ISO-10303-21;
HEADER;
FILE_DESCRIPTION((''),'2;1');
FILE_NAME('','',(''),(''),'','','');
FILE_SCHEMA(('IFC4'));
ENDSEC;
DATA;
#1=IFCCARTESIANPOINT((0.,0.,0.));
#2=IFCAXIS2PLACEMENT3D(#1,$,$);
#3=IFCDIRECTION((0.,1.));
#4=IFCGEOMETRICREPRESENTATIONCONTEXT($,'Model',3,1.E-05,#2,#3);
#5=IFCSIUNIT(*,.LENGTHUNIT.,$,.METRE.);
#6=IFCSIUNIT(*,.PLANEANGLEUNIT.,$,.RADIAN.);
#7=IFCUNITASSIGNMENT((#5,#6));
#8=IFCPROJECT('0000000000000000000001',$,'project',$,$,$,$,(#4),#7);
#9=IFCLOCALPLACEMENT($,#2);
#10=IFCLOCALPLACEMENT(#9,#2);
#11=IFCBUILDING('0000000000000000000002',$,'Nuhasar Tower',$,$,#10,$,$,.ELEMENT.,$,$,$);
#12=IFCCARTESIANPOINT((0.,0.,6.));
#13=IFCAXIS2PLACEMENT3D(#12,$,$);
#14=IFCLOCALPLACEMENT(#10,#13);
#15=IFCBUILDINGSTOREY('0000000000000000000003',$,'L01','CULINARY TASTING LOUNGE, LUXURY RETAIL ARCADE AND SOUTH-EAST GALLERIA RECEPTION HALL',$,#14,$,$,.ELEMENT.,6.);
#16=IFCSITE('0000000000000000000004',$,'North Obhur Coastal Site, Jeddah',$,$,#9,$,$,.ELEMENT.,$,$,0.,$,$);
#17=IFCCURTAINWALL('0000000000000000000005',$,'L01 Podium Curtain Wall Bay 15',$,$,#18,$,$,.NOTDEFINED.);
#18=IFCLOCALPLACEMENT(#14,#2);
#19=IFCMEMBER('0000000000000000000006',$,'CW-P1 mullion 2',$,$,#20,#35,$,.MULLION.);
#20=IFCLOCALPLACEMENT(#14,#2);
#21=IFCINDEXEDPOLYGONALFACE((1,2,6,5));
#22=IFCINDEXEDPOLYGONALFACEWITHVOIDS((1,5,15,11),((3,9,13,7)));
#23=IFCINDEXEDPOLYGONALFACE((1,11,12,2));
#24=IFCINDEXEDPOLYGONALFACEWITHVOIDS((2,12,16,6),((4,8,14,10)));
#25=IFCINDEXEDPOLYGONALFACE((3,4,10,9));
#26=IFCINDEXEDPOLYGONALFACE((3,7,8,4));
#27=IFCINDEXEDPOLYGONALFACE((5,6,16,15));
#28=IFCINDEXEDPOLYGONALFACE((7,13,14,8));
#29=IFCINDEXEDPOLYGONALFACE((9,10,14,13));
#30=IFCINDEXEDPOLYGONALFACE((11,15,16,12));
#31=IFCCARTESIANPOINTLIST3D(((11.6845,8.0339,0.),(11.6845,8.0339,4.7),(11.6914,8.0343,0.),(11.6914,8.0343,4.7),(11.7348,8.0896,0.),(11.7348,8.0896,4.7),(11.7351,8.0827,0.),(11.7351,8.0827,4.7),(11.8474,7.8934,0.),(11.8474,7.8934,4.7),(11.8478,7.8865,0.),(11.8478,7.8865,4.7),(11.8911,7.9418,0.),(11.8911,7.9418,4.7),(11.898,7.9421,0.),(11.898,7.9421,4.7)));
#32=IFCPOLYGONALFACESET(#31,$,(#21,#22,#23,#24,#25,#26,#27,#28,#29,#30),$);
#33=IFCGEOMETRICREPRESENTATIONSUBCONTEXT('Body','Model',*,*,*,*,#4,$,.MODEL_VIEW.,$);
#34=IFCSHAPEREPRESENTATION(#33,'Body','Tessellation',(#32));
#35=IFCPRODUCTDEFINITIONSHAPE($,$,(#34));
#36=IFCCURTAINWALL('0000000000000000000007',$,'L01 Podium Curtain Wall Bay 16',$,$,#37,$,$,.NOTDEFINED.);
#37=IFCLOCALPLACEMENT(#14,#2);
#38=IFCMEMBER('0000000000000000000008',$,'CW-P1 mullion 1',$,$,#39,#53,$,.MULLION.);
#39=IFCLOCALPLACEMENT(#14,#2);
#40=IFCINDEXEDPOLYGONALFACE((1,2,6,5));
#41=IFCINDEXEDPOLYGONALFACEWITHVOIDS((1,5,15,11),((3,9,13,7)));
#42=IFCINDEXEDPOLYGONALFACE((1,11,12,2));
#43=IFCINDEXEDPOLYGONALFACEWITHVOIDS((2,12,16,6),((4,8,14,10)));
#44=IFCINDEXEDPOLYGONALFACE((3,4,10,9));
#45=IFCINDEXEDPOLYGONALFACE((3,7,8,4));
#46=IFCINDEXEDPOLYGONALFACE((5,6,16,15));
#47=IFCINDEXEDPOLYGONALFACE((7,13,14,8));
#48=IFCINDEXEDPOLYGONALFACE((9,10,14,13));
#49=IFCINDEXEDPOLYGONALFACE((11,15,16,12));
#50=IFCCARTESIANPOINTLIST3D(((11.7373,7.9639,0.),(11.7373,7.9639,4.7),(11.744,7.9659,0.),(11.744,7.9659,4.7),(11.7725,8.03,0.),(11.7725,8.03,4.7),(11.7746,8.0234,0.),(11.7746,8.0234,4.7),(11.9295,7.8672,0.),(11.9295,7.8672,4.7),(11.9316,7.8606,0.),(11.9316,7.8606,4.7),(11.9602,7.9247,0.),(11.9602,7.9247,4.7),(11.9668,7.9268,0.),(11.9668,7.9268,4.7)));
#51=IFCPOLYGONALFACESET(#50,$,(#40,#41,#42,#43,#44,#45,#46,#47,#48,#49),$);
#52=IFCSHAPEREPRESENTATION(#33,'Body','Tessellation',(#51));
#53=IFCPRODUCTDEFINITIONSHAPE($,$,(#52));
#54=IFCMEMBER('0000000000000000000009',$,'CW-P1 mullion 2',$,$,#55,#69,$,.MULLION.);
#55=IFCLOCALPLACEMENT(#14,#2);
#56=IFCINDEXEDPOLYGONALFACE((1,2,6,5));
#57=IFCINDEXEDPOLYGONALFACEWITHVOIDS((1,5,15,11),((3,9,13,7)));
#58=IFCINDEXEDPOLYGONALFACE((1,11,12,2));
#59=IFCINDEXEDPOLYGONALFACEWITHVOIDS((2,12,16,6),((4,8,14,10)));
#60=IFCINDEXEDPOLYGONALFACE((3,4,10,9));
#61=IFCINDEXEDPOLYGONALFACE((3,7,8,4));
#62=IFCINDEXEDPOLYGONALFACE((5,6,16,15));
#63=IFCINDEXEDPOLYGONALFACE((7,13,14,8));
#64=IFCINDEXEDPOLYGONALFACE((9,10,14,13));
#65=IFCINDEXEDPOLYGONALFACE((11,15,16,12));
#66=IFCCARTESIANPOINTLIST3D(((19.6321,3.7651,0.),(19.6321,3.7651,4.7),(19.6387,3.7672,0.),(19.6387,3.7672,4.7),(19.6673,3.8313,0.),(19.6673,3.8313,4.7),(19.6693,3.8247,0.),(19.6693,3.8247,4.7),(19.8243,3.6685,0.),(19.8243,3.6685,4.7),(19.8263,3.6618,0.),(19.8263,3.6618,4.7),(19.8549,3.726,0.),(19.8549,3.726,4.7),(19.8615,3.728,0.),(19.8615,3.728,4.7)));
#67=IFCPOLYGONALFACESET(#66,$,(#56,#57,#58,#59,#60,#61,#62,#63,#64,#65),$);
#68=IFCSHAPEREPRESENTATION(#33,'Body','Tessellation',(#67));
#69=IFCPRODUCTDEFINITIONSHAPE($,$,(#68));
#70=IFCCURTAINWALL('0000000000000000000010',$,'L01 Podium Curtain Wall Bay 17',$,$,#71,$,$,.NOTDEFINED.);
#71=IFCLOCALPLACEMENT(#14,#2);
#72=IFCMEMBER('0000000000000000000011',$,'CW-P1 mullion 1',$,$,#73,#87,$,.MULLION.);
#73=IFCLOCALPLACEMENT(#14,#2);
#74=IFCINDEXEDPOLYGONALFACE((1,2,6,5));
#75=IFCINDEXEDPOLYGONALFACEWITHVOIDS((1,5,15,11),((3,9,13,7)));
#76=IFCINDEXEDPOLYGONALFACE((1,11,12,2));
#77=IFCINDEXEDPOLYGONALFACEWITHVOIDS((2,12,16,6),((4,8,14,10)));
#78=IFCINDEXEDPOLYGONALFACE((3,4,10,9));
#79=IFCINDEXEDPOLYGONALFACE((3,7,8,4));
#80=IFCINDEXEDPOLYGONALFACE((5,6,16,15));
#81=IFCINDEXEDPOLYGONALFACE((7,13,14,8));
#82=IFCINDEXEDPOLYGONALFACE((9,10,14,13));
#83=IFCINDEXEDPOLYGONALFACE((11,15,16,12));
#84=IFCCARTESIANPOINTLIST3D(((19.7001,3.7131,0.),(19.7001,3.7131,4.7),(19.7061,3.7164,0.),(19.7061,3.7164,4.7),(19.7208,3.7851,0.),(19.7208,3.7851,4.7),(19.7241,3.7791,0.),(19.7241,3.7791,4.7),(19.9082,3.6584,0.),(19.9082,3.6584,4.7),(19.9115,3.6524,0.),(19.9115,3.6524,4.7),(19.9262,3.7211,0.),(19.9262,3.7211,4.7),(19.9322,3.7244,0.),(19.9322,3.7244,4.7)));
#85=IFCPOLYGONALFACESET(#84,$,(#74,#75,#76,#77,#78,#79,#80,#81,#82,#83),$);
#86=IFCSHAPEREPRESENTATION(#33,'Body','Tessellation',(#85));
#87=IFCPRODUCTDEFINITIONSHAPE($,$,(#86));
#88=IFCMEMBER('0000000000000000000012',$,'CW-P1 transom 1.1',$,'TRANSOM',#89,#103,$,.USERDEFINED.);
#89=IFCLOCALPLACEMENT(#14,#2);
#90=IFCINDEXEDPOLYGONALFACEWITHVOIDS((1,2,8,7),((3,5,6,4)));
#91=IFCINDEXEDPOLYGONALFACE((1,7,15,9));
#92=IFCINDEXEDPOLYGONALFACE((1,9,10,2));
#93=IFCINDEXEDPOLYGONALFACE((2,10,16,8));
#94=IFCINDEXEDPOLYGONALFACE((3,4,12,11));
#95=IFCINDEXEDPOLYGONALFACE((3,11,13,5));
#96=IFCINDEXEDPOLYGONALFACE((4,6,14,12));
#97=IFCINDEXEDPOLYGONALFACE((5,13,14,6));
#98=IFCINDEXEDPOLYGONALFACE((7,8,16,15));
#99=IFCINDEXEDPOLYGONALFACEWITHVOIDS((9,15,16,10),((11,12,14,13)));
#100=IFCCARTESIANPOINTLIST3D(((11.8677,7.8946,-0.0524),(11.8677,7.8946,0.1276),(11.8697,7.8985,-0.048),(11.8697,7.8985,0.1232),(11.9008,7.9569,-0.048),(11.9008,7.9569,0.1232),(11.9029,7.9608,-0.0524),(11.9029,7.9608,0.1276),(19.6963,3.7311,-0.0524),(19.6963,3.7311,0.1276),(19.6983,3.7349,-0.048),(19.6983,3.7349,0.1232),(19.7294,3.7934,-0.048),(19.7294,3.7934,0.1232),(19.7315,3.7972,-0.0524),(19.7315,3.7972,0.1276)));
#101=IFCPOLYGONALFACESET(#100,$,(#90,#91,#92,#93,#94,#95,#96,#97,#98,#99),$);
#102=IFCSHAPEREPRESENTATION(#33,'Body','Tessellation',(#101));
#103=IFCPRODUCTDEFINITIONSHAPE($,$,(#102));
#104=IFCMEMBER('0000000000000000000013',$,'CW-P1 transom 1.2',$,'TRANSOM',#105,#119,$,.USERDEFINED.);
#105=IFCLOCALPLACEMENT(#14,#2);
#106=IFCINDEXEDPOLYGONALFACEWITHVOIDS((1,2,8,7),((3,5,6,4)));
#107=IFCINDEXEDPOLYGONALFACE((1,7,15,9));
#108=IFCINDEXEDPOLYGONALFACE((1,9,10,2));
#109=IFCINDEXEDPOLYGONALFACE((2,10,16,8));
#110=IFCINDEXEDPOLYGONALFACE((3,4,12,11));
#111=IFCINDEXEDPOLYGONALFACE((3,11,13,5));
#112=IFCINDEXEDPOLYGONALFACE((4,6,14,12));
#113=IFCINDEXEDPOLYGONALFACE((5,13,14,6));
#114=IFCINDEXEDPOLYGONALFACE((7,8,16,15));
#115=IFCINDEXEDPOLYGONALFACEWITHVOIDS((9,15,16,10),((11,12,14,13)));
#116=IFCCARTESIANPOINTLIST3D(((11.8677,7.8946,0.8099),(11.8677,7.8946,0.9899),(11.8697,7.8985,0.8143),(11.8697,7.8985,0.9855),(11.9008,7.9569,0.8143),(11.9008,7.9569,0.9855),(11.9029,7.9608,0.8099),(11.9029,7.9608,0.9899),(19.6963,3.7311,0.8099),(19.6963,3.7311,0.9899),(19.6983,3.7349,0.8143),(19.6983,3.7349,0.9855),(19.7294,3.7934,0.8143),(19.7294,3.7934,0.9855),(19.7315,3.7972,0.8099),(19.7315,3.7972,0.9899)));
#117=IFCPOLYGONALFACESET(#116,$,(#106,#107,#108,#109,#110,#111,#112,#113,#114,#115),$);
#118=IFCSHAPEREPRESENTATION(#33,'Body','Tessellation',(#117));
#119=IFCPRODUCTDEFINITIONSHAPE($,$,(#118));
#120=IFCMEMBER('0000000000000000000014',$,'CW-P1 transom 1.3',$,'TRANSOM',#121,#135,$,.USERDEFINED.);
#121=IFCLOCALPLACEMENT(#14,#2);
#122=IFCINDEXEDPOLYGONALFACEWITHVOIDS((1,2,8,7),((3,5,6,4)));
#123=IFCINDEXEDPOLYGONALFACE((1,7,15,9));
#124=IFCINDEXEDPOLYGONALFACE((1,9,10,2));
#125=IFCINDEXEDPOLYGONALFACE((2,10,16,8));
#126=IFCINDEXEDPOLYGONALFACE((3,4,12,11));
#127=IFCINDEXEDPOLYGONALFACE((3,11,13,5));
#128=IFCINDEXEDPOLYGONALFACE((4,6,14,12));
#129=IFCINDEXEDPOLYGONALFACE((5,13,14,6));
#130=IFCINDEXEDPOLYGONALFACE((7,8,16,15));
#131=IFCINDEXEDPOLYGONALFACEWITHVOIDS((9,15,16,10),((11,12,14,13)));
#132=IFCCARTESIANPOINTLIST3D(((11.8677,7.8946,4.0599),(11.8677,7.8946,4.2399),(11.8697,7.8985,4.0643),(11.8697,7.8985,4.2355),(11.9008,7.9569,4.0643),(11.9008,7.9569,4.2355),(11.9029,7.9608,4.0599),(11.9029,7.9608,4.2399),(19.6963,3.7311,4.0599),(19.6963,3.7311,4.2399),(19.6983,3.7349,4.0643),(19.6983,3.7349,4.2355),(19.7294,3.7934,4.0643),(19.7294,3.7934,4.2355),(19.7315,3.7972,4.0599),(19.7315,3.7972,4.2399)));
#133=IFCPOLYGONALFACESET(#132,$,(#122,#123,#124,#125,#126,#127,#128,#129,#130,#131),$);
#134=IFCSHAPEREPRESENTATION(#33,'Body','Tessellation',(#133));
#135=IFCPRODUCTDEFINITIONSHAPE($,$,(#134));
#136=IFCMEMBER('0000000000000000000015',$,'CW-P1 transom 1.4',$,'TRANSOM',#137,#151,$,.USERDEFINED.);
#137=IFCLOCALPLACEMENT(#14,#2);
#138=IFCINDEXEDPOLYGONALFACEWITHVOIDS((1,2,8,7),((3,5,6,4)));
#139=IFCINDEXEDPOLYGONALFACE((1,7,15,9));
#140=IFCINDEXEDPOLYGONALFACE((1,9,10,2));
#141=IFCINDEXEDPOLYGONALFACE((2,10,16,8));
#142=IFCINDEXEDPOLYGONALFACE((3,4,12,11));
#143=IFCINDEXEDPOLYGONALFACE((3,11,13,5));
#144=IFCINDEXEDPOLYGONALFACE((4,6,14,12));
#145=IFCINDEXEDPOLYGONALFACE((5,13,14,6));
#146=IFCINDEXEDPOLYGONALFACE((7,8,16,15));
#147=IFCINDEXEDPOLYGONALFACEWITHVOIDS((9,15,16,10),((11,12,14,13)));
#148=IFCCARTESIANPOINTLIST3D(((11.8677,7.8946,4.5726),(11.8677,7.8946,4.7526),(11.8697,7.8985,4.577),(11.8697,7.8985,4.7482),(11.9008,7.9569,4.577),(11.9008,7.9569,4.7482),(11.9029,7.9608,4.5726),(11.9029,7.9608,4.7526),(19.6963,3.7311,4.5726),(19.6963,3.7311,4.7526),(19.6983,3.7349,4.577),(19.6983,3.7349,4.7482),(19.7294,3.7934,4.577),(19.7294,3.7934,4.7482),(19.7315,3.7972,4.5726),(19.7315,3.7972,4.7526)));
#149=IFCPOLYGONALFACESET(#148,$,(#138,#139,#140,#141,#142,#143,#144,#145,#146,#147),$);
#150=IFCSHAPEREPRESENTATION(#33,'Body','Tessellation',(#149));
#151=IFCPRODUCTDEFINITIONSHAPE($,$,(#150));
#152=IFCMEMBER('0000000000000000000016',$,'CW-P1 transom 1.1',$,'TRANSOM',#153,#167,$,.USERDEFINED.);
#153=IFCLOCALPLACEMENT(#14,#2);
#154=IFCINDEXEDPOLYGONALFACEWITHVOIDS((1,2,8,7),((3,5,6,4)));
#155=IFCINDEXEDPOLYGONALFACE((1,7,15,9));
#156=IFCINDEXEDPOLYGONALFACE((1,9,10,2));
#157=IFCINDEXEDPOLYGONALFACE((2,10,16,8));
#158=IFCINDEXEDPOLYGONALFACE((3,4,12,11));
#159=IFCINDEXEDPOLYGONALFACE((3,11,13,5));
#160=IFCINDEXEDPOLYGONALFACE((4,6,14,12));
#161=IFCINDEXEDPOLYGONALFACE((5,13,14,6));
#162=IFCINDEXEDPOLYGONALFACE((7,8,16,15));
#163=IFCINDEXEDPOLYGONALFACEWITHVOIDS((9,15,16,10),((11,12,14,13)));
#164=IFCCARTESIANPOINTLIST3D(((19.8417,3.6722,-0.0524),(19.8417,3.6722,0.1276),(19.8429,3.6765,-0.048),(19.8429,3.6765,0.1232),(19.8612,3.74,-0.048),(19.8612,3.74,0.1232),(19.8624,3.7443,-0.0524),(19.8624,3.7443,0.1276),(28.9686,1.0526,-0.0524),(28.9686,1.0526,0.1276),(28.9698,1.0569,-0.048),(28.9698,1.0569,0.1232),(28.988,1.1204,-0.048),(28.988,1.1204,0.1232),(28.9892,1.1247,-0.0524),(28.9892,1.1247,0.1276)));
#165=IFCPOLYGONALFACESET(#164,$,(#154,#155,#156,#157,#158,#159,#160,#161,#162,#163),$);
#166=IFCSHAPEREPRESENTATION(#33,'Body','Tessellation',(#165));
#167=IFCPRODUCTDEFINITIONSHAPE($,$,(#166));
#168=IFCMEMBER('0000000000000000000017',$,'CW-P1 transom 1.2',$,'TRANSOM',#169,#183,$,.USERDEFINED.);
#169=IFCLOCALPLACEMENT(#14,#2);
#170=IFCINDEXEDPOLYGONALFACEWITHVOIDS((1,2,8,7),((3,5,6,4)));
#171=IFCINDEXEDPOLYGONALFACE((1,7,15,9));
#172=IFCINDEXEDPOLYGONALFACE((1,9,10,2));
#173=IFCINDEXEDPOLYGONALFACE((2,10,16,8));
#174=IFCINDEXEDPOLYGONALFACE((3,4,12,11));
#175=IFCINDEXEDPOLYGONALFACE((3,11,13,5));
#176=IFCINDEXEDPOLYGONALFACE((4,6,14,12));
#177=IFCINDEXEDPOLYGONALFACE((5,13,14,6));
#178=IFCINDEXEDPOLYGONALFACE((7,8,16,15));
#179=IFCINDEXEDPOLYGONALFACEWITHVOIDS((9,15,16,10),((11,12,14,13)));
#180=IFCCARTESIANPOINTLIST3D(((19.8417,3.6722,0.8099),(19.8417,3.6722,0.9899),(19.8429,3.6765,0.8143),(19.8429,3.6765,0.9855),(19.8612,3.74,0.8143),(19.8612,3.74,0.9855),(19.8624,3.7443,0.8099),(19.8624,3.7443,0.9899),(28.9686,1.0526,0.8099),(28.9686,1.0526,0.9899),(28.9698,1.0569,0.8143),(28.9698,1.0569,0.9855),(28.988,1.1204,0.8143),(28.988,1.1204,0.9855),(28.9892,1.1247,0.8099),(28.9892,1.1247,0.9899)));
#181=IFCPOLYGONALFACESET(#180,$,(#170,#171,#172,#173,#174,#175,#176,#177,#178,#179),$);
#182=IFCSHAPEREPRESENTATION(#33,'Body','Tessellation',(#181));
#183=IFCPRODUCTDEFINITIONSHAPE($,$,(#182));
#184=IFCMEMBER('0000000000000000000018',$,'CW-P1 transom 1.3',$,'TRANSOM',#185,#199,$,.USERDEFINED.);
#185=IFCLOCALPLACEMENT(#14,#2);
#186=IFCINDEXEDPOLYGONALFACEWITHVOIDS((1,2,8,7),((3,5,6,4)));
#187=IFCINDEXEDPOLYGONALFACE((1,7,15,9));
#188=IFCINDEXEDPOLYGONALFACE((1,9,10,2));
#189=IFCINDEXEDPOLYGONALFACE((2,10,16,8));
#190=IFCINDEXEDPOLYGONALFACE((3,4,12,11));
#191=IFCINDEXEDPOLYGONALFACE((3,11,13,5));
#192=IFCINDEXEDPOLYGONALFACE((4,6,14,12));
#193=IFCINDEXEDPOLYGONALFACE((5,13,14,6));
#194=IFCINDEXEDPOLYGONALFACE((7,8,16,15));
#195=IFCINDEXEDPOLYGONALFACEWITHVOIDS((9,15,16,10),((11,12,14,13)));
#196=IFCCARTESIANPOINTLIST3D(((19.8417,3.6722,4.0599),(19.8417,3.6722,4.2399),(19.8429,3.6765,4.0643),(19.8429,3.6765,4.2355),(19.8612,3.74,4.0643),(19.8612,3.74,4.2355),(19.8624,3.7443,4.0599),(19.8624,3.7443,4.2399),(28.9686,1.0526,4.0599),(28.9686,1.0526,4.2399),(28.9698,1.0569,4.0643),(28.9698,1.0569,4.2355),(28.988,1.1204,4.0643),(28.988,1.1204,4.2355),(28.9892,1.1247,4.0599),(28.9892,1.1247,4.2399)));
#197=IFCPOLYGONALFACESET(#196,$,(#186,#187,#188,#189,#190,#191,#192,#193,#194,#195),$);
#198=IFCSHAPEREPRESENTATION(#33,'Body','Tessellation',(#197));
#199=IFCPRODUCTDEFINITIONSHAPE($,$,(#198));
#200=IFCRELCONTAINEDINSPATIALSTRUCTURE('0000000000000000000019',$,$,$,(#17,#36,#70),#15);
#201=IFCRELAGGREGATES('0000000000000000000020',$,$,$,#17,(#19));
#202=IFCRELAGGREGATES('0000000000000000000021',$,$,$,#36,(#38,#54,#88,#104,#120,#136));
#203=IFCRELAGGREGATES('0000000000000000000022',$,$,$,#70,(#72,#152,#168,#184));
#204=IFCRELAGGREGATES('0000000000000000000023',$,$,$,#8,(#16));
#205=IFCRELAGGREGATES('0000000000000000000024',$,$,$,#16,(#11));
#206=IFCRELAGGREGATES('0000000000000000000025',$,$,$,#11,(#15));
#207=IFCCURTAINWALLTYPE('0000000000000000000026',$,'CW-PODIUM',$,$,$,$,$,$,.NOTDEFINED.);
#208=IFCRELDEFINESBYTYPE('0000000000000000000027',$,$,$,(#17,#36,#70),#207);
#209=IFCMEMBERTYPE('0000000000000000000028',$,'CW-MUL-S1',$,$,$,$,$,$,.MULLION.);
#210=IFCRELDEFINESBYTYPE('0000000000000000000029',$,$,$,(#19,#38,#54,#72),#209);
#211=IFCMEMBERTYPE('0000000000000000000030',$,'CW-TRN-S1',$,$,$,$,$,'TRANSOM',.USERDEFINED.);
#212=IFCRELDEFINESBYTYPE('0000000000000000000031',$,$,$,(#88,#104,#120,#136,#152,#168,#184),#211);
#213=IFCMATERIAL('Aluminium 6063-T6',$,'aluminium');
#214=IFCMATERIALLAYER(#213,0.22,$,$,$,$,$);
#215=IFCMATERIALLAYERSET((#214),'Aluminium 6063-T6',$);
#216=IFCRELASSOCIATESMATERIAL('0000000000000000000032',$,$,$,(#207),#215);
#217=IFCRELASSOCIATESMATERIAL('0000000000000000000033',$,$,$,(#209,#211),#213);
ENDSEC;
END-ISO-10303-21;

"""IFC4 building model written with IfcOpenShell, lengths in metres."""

from ifc_helpers import new_model, si_unit, direction, frame, origin, origin_2d, place, context, subcontext, project, spatial, hollow_rectangle, extrude, material, layer, layer_set, material_profile, profile_set, type_object, element, aggregate, save


model = new_model("IFC4")

# Units and contexts
model_context = context("Model", 3, precision=1e-05, world=origin(), true_north=direction((0.0, 1.0)))
body_context = subcontext(model_context, "Body", "Model", "MODEL_VIEW")
ifc_project = project(units=[si_unit("LENGTHUNIT", "METRE"), si_unit("PLANEANGLEUNIT", "RADIAN")], contexts=[model_context])

# Site, building, storey
site_placement = place(None, origin())
site = spatial("IfcSite", under=ifc_project, at=site_placement, Name="North Obhur Coastal Site, Jeddah", CompositionType="ELEMENT", RefElevation=0.0)
building_placement = place(site_placement, origin())
building = spatial("IfcBuilding", under=site, at=building_placement, Name="Nuhasar Tower", CompositionType="ELEMENT")
storey_placement = place(building_placement, frame((0.0, 0.0, 6.0)))
storey = spatial("IfcBuildingStorey", under=building, at=storey_placement, Name="L01", Description="CULINARY TASTING LOUNGE, LUXURY RETAIL ARCADE AND SOUTH-EAST GALLERIA RECEPTION HALL", CompositionType="ELEMENT", Elevation=6.0)

# Curtain wall, member
ifc_material_1 = material(Name="Aluminium 6063-T6", Category="aluminium")
ifc_layer_1 = layer(ifc_material_1, 0.22)
ifc_layer_set_1 = layer_set([ifc_layer_1], Name="Aluminium 6063-T6")
curtain_wall_type = type_object("IfcCurtainWallType", Name="CW-PODIUM", PredefinedType="NOTDEFINED", material=ifc_layer_set_1)
curtain_wall_1_placement = place(storey_placement, origin())
curtain_wall_1 = element("IfcCurtainWall", 1, at=curtain_wall_1_placement, inside=storey, type_object=curtain_wall_type, Name="L01 Podium Curtain Wall Bay 15", PredefinedType="NOTDEFINED")
ifc_material_profile_1 = material_profile(ifc_material_1, hollow_rectangle(XDim=0.075, YDim=0.22, WallThickness=0.0049, at=origin_2d()), Name="CWM-1")
ifc_profile_set_1 = profile_set([ifc_material_profile_1], Name="Aluminium 6063-T6")
member_type_1 = type_object("IfcMemberType", Name="CW-MUL-S1", PredefinedType="MULLION", material=ifc_profile_set_1)
member_1_placement = place(storey_placement, frame((11.7913, 7.988, 0.0), z_axis=(0.0, 0.0, 1.0), x_axis=(0.670232, 0.742151, 0.0)))
member_1 = element("IfcMember", 2, at=member_1_placement, type_object=member_type_1, Name="CW-P1 mullion 2", PredefinedType="MULLION", context=body_context, shape_type="SweptSolid", body=[
    extrude(hollow_rectangle(XDim=0.075, YDim=0.22, WallThickness=0.0049, at=origin_2d()), origin(), (0.0, 0.0, 1.0), 4.7),
])
aggregate(curtain_wall_1, [member_1])

# Curtain wall, members
curtain_wall_2_placement = place(storey_placement, origin())
curtain_wall_2 = element("IfcCurtainWall", 3, at=curtain_wall_2_placement, inside=storey, type_object=curtain_wall_type, Name="L01 Podium Curtain Wall Bay 16", PredefinedType="NOTDEFINED")
member_2_placement = place(storey_placement, frame((11.8521, 7.9453, 0.0), z_axis=(0.0, 0.0, 1.0), x_axis=(0.469563, 0.882899, 0.0)))
member_2 = element("IfcMember", 4, at=member_2_placement, type_object=member_type_1, Name="CW-P1 mullion 1", PredefinedType="MULLION", context=body_context, shape_type="SweptSolid", body=[
    extrude(hollow_rectangle(XDim=0.075, YDim=0.22, WallThickness=0.0049, at=origin_2d()), origin(), (0.0, 0.0, 1.0), 4.7),
])
member_3_placement = place(storey_placement, frame((19.7468, 3.7466, 0.0), z_axis=(0.0, 0.0, 1.0), x_axis=(0.469563, 0.882899, 0.0)))
member_3 = element("IfcMember", 5, at=member_3_placement, type_object=member_type_1, Name="CW-P1 mullion 2", PredefinedType="MULLION", context=body_context, shape_type="SweptSolid", body=[
    extrude(hollow_rectangle(XDim=0.075, YDim=0.22, WallThickness=0.0049, at=origin_2d()), origin(), (0.0, 0.0, 1.0), 4.7),
])

# Curtain wall, member
curtain_wall_3_placement = place(storey_placement, origin())
curtain_wall_3 = element("IfcCurtainWall", 6, at=curtain_wall_3_placement, inside=storey, type_object=curtain_wall_type, Name="L01 Podium Curtain Wall Bay 17", PredefinedType="NOTDEFINED")
member_4_placement = place(storey_placement, frame((19.8162, 3.7188, 0.0), z_axis=(0.0, 0.0, 1.0), x_axis=(0.275885, 0.961191, 0.0)))
member_4 = element("IfcMember", 7, at=member_4_placement, type_object=member_type_1, Name="CW-P1 mullion 1", PredefinedType="MULLION", context=body_context, shape_type="SweptSolid", body=[
    extrude(hollow_rectangle(XDim=0.075, YDim=0.22, WallThickness=0.0049, at=origin_2d()), origin(), (0.0, 0.0, 1.0), 4.7),
])

# Members
ifc_material_profile_2 = material_profile(ifc_material_1, hollow_rectangle(XDim=0.075, YDim=0.1799, WallThickness=0.0044, at=origin_2d()), Name="CWT-1")
ifc_profile_set_2 = profile_set([ifc_material_profile_2], Name="Aluminium 6063-T6")
member_type_2 = type_object("IfcMemberType", Name="CW-TRN-S1", ElementType="TRANSOM", PredefinedType="USERDEFINED", material=ifc_profile_set_2)
member_5_placement = place(storey_placement, frame((11.8853, 7.9277, 0.0376), z_axis=(0.8829, -0.469562, 0.0), x_axis=(0.469562, 0.8829, 0.0)))
member_5 = element("IfcMember", 8, at=member_5_placement, type_object=member_type_2, Name="CW-P1 transom 1.1", ObjectType="TRANSOM", PredefinedType="USERDEFINED", context=body_context, shape_type="SweptSolid", body=[
    extrude(hollow_rectangle(XDim=0.075, YDim=0.1799, WallThickness=0.0044, at=origin_2d()), origin(), (0.0, 0.0, 1.0), 8.8669),
])
member_6_placement = place(storey_placement, frame((11.8853, 7.9277, 0.8999), z_axis=(0.8829, -0.469562, 0.0), x_axis=(0.469562, 0.8829, 0.0)))
member_6 = element("IfcMember", 9, at=member_6_placement, type_object=member_type_2, Name="CW-P1 transom 1.2", ObjectType="TRANSOM", PredefinedType="USERDEFINED", context=body_context, shape_type="SweptSolid", body=[
    extrude(hollow_rectangle(XDim=0.075, YDim=0.1799, WallThickness=0.0044, at=origin_2d()), origin(), (0.0, 0.0, 1.0), 8.8669),
])
member_7_placement = place(storey_placement, frame((11.8853, 7.9277, 4.1499), z_axis=(0.8829, -0.469562, 0.0), x_axis=(0.469562, 0.8829, 0.0)))
member_7 = element("IfcMember", 10, at=member_7_placement, type_object=member_type_2, Name="CW-P1 transom 1.3", ObjectType="TRANSOM", PredefinedType="USERDEFINED", context=body_context, shape_type="SweptSolid", body=[
    extrude(hollow_rectangle(XDim=0.075, YDim=0.1799, WallThickness=0.0044, at=origin_2d()), origin(), (0.0, 0.0, 1.0), 8.8669),
])
member_8_placement = place(storey_placement, frame((11.8853, 7.9277, 4.6626), z_axis=(0.8829, -0.469562, 0.0), x_axis=(0.469562, 0.8829, 0.0)))
member_8 = element("IfcMember", 11, at=member_8_placement, type_object=member_type_2, Name="CW-P1 transom 1.4", ObjectType="TRANSOM", PredefinedType="USERDEFINED", context=body_context, shape_type="SweptSolid", body=[
    extrude(hollow_rectangle(XDim=0.075, YDim=0.1799, WallThickness=0.0044, at=origin_2d()), origin(), (0.0, 0.0, 1.0), 8.8669),
])
member_9_placement = place(storey_placement, frame((19.8521, 3.7083, 0.0376), z_axis=(0.961191, -0.275882, 0.0), x_axis=(0.275882, 0.961191, 0.0)))
member_9 = element("IfcMember", 12, at=member_9_placement, type_object=member_type_2, Name="CW-P1 transom 1.1", ObjectType="TRANSOM", PredefinedType="USERDEFINED", context=body_context, shape_type="SweptSolid", body=[
    extrude(hollow_rectangle(XDim=0.075, YDim=0.1799, WallThickness=0.0044, at=origin_2d()), origin(), (0.0, 0.0, 1.0), 9.4954),
])
member_10_placement = place(storey_placement, frame((19.8521, 3.7083, 0.8999), z_axis=(0.961191, -0.275882, 0.0), x_axis=(0.275882, 0.961191, 0.0)))
member_10 = element("IfcMember", 13, at=member_10_placement, type_object=member_type_2, Name="CW-P1 transom 1.2", ObjectType="TRANSOM", PredefinedType="USERDEFINED", context=body_context, shape_type="SweptSolid", body=[
    extrude(hollow_rectangle(XDim=0.075, YDim=0.1799, WallThickness=0.0044, at=origin_2d()), origin(), (0.0, 0.0, 1.0), 9.4954),
])
member_11_placement = place(storey_placement, frame((19.8521, 3.7083, 4.1499), z_axis=(0.961191, -0.275882, 0.0), x_axis=(0.275882, 0.961191, 0.0)))
member_11 = element("IfcMember", 14, at=member_11_placement, type_object=member_type_2, Name="CW-P1 transom 1.3", ObjectType="TRANSOM", PredefinedType="USERDEFINED", context=body_context, shape_type="SweptSolid", body=[
    extrude(hollow_rectangle(XDim=0.075, YDim=0.1799, WallThickness=0.0044, at=origin_2d()), origin(), (0.0, 0.0, 1.0), 9.4954),
])

aggregate(curtain_wall_2, [member_2, member_3, member_5, member_6, member_7, member_8])
aggregate(curtain_wall_3, [member_4, member_9, member_10, member_11])

save(model, "model.ifc")
